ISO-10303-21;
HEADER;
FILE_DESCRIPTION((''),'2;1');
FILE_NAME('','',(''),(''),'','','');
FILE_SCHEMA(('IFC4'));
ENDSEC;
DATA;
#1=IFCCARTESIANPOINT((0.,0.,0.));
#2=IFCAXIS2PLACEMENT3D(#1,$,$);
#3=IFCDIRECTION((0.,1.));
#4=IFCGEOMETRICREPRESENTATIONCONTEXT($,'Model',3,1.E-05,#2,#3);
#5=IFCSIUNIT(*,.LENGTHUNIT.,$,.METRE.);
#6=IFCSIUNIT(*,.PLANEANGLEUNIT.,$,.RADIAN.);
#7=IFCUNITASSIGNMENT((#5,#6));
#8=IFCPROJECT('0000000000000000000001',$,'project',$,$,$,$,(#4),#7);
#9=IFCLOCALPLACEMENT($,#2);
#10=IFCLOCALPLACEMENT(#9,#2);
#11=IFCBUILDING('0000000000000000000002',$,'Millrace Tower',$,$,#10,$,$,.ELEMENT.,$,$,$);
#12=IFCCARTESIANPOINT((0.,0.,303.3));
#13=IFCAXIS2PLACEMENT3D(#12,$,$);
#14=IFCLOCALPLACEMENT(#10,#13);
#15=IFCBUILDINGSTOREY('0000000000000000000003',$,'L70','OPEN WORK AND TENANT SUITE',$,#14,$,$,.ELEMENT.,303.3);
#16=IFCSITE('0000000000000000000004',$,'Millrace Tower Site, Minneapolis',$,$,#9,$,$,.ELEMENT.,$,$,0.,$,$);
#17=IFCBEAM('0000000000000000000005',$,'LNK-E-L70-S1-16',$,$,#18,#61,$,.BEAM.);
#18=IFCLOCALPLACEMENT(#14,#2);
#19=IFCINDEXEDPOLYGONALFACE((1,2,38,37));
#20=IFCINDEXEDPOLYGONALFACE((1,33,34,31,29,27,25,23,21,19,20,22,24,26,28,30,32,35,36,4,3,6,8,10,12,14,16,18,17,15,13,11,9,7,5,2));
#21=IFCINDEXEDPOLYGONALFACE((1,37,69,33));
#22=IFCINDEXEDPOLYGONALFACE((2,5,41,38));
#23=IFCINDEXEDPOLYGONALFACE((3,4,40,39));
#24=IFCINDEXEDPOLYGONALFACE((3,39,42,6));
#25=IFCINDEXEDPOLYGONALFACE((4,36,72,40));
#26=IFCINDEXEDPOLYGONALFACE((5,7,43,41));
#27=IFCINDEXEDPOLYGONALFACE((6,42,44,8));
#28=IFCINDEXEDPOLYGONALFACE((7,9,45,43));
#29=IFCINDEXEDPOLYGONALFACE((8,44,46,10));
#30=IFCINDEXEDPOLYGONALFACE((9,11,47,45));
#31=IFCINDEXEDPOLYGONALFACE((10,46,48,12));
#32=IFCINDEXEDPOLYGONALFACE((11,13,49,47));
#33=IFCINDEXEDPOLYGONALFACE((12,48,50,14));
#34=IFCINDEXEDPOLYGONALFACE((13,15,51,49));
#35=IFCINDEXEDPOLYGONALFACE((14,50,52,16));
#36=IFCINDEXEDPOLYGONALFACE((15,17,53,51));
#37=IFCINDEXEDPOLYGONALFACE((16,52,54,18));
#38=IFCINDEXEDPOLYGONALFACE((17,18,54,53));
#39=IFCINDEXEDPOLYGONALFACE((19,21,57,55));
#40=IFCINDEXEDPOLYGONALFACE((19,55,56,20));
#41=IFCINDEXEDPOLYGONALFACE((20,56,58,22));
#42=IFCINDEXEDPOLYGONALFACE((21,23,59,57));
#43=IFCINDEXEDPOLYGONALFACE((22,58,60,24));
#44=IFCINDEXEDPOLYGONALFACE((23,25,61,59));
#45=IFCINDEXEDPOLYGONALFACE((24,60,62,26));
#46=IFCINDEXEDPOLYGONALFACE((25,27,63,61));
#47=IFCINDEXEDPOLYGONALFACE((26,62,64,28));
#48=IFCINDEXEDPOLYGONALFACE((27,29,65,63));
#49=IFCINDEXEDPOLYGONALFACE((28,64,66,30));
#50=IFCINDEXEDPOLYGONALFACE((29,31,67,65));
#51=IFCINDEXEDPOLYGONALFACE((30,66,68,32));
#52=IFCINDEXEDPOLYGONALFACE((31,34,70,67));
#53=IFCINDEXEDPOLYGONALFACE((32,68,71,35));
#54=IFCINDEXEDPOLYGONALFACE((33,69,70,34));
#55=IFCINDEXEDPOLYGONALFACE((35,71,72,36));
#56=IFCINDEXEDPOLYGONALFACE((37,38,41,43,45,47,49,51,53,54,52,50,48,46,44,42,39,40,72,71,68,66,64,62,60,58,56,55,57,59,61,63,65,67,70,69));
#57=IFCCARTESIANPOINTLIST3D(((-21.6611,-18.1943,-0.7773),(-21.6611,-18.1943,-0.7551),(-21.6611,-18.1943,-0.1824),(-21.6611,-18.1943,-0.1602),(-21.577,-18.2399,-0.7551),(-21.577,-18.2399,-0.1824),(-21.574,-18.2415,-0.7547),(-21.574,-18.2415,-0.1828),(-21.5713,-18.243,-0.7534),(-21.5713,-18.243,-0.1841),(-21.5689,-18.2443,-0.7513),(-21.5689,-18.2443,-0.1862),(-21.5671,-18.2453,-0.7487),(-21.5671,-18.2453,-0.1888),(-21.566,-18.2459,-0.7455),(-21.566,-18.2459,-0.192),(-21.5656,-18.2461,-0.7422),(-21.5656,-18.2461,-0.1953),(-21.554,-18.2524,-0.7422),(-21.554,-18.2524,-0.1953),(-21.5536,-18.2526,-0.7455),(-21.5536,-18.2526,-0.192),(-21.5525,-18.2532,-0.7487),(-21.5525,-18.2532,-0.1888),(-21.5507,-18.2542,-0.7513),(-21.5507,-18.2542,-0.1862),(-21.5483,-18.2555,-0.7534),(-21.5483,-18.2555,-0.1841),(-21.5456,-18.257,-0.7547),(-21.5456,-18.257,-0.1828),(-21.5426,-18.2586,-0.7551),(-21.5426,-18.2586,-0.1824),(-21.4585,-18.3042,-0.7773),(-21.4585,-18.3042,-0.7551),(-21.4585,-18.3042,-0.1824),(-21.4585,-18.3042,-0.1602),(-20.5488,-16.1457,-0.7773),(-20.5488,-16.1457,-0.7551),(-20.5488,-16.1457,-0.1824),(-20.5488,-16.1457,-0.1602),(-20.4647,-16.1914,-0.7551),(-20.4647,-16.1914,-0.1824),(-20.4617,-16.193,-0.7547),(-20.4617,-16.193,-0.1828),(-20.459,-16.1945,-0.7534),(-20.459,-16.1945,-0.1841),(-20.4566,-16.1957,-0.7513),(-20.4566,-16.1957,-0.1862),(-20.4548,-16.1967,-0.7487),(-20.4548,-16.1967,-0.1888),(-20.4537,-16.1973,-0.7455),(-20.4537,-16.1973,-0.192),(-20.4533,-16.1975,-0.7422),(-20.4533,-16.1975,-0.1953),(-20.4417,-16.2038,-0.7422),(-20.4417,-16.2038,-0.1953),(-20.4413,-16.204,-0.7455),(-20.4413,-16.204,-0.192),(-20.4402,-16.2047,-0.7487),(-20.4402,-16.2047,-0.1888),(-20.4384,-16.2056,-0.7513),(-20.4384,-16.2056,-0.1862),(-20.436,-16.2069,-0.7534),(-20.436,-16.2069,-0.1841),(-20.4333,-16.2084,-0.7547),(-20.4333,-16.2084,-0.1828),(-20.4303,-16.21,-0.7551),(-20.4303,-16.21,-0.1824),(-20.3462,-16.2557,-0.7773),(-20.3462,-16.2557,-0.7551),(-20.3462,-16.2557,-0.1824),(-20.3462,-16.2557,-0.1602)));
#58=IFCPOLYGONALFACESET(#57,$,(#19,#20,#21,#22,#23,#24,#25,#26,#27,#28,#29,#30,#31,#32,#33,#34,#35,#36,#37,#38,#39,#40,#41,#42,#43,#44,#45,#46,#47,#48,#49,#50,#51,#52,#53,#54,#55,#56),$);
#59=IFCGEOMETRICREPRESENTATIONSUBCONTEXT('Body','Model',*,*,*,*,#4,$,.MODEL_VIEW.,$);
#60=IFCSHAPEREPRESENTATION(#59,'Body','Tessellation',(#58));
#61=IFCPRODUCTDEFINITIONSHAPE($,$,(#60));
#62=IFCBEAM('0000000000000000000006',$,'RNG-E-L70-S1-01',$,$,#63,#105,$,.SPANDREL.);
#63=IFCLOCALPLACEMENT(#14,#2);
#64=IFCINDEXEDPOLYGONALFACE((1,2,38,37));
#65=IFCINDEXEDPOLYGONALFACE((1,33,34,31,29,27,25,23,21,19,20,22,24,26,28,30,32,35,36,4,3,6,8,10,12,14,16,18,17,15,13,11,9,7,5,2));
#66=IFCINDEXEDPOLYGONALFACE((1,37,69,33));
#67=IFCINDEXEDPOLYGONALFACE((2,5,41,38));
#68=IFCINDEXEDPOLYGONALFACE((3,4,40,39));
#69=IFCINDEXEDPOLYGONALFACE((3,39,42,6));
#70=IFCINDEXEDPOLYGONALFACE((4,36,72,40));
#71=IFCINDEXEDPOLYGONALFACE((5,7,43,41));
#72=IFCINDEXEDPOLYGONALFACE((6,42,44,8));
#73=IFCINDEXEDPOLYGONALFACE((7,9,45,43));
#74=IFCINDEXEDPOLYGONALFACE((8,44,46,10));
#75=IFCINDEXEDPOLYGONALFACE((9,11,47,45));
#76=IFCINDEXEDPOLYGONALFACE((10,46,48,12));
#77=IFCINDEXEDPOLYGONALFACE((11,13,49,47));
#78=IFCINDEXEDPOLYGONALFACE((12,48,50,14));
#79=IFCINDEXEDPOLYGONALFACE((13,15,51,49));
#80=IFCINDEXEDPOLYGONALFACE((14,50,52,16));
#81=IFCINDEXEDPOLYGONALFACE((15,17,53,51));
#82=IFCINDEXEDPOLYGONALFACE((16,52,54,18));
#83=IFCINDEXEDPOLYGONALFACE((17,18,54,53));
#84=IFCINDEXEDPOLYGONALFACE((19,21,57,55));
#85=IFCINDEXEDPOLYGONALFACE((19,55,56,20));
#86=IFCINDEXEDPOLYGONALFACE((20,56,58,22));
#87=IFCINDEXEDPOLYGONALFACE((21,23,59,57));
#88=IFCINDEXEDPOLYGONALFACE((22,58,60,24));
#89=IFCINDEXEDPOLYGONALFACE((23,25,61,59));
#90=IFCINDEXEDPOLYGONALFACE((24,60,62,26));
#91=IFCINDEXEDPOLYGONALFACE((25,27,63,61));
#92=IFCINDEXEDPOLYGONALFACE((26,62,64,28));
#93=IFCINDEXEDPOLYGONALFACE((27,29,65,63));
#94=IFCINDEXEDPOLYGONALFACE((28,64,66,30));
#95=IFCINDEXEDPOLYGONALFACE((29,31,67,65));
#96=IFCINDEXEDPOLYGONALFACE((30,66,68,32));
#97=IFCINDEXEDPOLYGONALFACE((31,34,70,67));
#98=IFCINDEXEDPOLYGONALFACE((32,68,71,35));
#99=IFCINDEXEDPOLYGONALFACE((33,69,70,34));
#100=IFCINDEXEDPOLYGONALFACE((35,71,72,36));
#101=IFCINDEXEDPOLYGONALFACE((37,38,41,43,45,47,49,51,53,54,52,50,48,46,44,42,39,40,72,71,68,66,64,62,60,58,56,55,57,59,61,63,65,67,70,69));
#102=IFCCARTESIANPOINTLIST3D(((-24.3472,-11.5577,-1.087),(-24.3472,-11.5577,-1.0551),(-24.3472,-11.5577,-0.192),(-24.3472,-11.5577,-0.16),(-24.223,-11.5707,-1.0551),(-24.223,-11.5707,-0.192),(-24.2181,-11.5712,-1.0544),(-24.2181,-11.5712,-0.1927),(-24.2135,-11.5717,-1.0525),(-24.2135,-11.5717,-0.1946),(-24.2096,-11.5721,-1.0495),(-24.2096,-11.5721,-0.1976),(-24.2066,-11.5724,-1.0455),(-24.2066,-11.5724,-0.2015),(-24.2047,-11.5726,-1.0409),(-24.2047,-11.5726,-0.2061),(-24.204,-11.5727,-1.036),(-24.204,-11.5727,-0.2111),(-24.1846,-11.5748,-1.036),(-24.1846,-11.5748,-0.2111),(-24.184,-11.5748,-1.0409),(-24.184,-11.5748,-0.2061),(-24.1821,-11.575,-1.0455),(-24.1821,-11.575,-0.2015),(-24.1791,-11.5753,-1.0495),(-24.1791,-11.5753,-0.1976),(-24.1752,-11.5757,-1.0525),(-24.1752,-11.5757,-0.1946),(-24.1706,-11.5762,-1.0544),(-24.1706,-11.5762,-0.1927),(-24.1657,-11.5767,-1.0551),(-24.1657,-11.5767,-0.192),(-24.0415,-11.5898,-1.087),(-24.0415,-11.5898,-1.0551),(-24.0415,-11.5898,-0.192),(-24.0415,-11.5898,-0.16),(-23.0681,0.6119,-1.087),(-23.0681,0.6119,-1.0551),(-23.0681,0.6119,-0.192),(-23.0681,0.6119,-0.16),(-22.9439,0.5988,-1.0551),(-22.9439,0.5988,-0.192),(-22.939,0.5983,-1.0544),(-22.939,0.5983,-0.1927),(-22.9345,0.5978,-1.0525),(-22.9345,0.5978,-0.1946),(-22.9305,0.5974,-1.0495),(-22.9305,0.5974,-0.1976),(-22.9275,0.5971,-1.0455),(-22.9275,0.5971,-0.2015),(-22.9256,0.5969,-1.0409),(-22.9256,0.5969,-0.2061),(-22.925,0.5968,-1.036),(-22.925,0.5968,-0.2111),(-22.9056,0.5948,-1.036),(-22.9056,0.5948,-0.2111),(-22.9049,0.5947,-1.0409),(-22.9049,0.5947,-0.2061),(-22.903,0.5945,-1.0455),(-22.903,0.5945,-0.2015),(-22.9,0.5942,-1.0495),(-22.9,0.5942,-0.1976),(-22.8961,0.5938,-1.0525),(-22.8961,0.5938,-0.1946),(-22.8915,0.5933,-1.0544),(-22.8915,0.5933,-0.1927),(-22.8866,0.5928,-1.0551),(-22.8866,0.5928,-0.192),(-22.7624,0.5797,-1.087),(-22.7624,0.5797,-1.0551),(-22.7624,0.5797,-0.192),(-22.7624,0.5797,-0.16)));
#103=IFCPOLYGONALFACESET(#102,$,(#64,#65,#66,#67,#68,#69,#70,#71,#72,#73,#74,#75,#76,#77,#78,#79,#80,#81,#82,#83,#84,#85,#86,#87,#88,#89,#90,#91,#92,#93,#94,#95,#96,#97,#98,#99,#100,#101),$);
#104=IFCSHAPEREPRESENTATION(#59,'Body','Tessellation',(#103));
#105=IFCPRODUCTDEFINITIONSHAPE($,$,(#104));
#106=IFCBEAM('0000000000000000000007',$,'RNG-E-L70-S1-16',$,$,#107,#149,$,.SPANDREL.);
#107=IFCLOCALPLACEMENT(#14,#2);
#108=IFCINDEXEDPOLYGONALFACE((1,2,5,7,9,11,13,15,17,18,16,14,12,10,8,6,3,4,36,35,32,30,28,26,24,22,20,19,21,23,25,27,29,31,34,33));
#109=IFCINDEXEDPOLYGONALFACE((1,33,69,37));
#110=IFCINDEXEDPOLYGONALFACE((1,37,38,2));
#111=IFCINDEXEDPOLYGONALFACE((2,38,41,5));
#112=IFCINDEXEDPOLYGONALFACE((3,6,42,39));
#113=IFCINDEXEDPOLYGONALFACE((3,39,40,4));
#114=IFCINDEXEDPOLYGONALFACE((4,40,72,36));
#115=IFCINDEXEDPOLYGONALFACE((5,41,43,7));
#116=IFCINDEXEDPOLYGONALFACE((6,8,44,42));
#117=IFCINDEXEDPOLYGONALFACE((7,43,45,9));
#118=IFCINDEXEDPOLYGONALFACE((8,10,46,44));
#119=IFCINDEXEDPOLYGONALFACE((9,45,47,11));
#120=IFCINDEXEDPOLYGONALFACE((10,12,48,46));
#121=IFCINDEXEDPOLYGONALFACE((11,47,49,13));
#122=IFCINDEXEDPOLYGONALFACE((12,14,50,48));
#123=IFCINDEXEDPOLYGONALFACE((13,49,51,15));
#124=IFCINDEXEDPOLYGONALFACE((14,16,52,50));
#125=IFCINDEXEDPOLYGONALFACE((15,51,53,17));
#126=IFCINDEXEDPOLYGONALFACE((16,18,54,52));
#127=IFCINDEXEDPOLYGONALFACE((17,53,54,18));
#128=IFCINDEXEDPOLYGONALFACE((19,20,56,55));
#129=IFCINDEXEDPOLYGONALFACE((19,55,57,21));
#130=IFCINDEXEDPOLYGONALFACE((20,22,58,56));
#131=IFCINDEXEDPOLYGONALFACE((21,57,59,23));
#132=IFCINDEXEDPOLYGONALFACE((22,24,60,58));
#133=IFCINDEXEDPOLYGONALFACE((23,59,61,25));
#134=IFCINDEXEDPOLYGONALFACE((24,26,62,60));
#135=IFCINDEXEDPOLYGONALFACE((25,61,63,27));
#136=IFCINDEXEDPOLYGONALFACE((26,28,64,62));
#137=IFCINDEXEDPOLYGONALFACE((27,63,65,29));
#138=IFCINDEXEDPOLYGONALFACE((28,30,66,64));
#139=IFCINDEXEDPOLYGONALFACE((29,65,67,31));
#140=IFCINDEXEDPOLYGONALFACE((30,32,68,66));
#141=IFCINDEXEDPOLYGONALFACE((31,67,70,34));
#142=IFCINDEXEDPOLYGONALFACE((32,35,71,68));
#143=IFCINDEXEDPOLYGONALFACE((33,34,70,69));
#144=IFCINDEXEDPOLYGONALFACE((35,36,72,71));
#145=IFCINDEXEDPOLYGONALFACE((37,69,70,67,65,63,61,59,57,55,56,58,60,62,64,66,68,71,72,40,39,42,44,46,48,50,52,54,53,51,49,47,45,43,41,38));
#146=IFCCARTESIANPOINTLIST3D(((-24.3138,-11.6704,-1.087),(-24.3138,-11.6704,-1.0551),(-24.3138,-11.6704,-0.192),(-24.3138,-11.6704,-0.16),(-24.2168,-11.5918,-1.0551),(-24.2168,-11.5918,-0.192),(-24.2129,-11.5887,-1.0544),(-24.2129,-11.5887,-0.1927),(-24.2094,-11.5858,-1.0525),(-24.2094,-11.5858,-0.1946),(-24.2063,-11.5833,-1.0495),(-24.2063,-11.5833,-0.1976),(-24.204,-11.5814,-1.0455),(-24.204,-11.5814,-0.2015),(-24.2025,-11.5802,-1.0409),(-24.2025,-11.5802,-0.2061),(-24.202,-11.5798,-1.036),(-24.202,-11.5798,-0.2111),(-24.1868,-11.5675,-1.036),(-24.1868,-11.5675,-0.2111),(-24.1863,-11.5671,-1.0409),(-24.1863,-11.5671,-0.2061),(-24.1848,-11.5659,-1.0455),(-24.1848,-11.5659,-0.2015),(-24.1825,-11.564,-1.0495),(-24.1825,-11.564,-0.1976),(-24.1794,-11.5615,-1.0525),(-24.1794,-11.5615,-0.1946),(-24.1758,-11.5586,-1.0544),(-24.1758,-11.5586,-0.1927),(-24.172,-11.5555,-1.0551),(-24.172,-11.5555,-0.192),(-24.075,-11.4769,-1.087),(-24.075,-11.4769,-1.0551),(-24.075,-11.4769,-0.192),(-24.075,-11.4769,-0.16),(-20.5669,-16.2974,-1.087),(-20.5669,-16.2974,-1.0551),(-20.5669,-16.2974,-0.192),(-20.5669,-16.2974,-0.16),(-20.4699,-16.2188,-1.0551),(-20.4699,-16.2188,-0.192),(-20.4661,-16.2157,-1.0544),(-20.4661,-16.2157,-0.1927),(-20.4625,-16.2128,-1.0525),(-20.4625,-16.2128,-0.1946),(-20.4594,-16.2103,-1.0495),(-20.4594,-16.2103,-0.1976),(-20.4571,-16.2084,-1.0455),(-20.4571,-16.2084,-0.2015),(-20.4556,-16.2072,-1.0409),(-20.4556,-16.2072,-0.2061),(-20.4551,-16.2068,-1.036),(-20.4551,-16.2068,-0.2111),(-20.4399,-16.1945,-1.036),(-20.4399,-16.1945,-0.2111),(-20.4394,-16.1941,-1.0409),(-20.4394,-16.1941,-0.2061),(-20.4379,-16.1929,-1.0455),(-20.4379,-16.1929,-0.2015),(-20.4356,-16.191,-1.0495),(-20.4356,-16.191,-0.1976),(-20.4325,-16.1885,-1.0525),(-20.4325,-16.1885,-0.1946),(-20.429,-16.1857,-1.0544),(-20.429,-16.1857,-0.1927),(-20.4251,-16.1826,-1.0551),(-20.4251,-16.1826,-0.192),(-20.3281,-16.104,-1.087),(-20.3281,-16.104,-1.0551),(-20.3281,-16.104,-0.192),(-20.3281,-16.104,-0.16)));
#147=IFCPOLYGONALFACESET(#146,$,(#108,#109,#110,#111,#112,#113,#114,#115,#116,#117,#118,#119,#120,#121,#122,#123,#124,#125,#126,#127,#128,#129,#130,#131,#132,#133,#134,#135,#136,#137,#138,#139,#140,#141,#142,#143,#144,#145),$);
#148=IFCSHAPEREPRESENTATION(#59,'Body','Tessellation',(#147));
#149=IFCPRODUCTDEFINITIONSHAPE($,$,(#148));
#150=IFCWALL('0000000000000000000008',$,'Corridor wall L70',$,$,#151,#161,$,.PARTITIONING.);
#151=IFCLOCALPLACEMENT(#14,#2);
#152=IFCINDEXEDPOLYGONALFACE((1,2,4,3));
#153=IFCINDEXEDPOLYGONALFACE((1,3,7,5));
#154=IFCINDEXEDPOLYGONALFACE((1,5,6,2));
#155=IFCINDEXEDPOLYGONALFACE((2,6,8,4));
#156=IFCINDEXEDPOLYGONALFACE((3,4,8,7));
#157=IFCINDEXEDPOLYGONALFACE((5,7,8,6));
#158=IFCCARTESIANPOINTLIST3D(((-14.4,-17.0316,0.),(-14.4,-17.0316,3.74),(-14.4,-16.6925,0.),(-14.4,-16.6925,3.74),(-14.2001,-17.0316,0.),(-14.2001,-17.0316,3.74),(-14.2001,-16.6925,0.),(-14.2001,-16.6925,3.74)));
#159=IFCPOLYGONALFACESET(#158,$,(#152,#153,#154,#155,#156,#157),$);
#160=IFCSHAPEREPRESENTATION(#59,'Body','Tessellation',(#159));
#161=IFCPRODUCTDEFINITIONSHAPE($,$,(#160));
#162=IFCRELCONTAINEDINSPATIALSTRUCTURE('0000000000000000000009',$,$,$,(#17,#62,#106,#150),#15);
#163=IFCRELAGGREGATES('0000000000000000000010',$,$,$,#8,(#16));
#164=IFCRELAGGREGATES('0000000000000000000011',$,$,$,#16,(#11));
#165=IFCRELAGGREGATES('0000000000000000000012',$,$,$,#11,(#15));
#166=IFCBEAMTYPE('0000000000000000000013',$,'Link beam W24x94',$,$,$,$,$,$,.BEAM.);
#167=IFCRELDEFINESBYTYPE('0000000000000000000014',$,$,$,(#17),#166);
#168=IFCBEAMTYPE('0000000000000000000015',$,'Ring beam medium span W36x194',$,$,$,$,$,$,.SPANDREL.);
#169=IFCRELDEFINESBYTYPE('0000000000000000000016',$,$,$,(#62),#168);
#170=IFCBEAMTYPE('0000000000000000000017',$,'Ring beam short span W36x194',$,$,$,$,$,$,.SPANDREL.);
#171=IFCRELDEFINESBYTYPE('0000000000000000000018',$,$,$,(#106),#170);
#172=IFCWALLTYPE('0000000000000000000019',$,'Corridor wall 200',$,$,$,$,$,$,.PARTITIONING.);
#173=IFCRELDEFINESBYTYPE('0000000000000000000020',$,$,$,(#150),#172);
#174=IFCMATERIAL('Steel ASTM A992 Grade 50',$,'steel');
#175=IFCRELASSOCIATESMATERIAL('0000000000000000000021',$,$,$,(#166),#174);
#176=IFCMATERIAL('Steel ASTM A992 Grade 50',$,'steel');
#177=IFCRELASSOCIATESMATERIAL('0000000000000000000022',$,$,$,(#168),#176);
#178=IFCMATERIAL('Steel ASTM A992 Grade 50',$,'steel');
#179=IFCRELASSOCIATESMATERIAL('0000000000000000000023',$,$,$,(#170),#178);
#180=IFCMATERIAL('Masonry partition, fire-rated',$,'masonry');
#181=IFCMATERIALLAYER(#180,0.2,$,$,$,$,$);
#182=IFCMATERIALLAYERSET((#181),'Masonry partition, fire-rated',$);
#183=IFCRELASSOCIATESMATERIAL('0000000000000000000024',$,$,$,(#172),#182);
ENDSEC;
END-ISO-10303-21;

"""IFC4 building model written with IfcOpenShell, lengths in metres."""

from ifc_helpers import new_model, si_unit, direction, frame, frame_2d, origin, origin_2d, place, context, subcontext, project, spatial, rectangle, i_section, extrude, material, layer, layer_set, material_profile, profile_set, type_object, element, save


model = new_model("IFC4")

# Units and contexts
model_context = context("Model", 3, precision=1e-05, world=origin(), true_north=direction((0.0, 1.0)))
body_context = subcontext(model_context, "Body", "Model", "MODEL_VIEW")
ifc_project = project(units=[si_unit("LENGTHUNIT", "METRE"), si_unit("PLANEANGLEUNIT", "RADIAN")], contexts=[model_context])

# Site, building, storey
site_placement = place(None, origin())
site = spatial("IfcSite", under=ifc_project, at=site_placement, Name="Millrace Tower Site, Minneapolis", CompositionType="ELEMENT", RefElevation=0.0)
building_placement = place(site_placement, origin())
building = spatial("IfcBuilding", under=site, at=building_placement, Name="Millrace Tower", CompositionType="ELEMENT")
storey_placement = place(building_placement, frame((0.0, 0.0, 303.3)))
storey = spatial("IfcBuildingStorey", under=building, at=storey_placement, Name="L70", Description="OPEN WORK AND TENANT SUITE", CompositionType="ELEMENT", Elevation=303.3)

# Beams
ifc_material_1 = material(Name="Steel ASTM A992 Grade 50", Category="steel")
ifc_material_profile_1 = material_profile(ifc_material_1, i_section(OverallWidth=0.2305, OverallDepth=0.6172, WebThickness=0.0132, FlangeThickness=0.0222, FilletRadius=0.0129, at=origin_2d()))
ifc_profile_set_1 = profile_set([ifc_material_profile_1], Name="Steel ASTM A992 Grade 50")
beam_type_1 = type_object("IfcBeamType", Name="Link beam W24x94", PredefinedType="BEAM", material=ifc_profile_set_1)
beam_1_placement = place(storey_placement, frame((-20.4475, -16.2007, -0.4688), z_axis=(-0.477164, -0.878815, 0.0), x_axis=(0.878815, -0.477164, 0.0)))
element("IfcBeam", 1, at=beam_1_placement, inside=storey, type_object=beam_type_1, Name="LNK-E-L70-S1-16", PredefinedType="BEAM", context=body_context, shape_type="SweptSolid", body=[
    extrude(i_section(OverallWidth=0.2305, OverallDepth=0.6172, WebThickness=0.0132, FlangeThickness=0.0222, FilletRadius=0.0129, at=origin_2d()), origin(), (0.0, 0.0, 1.0), 2.3311),
])
ifc_material_2 = material(Name="Steel ASTM A992 Grade 50", Category="steel")
ifc_material_profile_2 = material_profile(ifc_material_2, i_section(OverallWidth=0.3074, OverallDepth=0.927, WebThickness=0.0195, FlangeThickness=0.032, FilletRadius=0.019, at=origin_2d()))
ifc_profile_set_2 = profile_set([ifc_material_profile_2], Name="Steel ASTM A992 Grade 50")
beam_type_2 = type_object("IfcBeamType", Name="Ring beam medium span W36x194", PredefinedType="SPANDREL", material=ifc_profile_set_2)
beam_2_placement = place(storey_placement, frame((-24.1943, -11.5737, -0.6235), z_axis=(0.104528, 0.994522, 0.0), x_axis=(-0.994522, 0.104528, 0.0)))
element("IfcBeam", 2, at=beam_2_placement, inside=storey, type_object=beam_type_2, Name="RNG-E-L70-S1-01", PredefinedType="SPANDREL", context=body_context, shape_type="SweptSolid", body=[
    extrude(i_section(OverallWidth=0.3074, OverallDepth=0.927, WebThickness=0.0195, FlangeThickness=0.032, FilletRadius=0.019, at=origin_2d()), origin(), (0.0, 0.0, 1.0), 12.2366),
])
ifc_material_3 = material(Name="Steel ASTM A992 Grade 50", Category="steel")
ifc_material_profile_3 = material_profile(ifc_material_3, i_section(OverallWidth=0.3074, OverallDepth=0.927, WebThickness=0.0195, FlangeThickness=0.032, FilletRadius=0.019, at=origin_2d()))
ifc_profile_set_3 = profile_set([ifc_material_profile_3], Name="Steel ASTM A992 Grade 50")
beam_type_3 = type_object("IfcBeamType", Name="Ring beam short span W36x194", PredefinedType="SPANDREL", material=ifc_profile_set_3)
beam_3_placement = place(storey_placement, frame((-20.4475, -16.2007, -0.6235), z_axis=(-0.62932, 0.777147, 0.0), x_axis=(-0.777147, -0.62932, 0.0)))
element("IfcBeam", 3, at=beam_3_placement, inside=storey, type_object=beam_type_3, Name="RNG-E-L70-S1-16", PredefinedType="SPANDREL", context=body_context, shape_type="SweptSolid", body=[
    extrude(i_section(OverallWidth=0.3074, OverallDepth=0.927, WebThickness=0.0195, FlangeThickness=0.032, FilletRadius=0.019, at=origin_2d()), origin(), (0.0, 0.0, 1.0), 5.9539),
])

# Wall
ifc_material_4 = material(Name="Masonry partition, fire-rated", Category="masonry")
ifc_layer_1 = layer(ifc_material_4, 0.2)
ifc_layer_set_1 = layer_set([ifc_layer_1], Name="Masonry partition, fire-rated")
wall_type_1 = type_object("IfcWallType", Name="Corridor wall 200", PredefinedType="PARTITIONING", material=ifc_layer_set_1)
wall_1_placement = place(storey_placement, frame((-14.3, -17.0315, 0.0), z_axis=(0.0, 0.0, 1.0), x_axis=(0.0, 1.0, 0.0)))
element("IfcWall", 4, at=wall_1_placement, inside=storey, type_object=wall_type_1, Name="Corridor wall L70", PredefinedType="PARTITIONING", context=body_context, shape_type="SweptSolid", body=[
    extrude(rectangle(XDim=0.3391, YDim=0.2, at=frame_2d((0.1694, 0.0))), origin(), (0.0, 0.0, 1.0), 3.74),
])

save(model, "model.ifc")
